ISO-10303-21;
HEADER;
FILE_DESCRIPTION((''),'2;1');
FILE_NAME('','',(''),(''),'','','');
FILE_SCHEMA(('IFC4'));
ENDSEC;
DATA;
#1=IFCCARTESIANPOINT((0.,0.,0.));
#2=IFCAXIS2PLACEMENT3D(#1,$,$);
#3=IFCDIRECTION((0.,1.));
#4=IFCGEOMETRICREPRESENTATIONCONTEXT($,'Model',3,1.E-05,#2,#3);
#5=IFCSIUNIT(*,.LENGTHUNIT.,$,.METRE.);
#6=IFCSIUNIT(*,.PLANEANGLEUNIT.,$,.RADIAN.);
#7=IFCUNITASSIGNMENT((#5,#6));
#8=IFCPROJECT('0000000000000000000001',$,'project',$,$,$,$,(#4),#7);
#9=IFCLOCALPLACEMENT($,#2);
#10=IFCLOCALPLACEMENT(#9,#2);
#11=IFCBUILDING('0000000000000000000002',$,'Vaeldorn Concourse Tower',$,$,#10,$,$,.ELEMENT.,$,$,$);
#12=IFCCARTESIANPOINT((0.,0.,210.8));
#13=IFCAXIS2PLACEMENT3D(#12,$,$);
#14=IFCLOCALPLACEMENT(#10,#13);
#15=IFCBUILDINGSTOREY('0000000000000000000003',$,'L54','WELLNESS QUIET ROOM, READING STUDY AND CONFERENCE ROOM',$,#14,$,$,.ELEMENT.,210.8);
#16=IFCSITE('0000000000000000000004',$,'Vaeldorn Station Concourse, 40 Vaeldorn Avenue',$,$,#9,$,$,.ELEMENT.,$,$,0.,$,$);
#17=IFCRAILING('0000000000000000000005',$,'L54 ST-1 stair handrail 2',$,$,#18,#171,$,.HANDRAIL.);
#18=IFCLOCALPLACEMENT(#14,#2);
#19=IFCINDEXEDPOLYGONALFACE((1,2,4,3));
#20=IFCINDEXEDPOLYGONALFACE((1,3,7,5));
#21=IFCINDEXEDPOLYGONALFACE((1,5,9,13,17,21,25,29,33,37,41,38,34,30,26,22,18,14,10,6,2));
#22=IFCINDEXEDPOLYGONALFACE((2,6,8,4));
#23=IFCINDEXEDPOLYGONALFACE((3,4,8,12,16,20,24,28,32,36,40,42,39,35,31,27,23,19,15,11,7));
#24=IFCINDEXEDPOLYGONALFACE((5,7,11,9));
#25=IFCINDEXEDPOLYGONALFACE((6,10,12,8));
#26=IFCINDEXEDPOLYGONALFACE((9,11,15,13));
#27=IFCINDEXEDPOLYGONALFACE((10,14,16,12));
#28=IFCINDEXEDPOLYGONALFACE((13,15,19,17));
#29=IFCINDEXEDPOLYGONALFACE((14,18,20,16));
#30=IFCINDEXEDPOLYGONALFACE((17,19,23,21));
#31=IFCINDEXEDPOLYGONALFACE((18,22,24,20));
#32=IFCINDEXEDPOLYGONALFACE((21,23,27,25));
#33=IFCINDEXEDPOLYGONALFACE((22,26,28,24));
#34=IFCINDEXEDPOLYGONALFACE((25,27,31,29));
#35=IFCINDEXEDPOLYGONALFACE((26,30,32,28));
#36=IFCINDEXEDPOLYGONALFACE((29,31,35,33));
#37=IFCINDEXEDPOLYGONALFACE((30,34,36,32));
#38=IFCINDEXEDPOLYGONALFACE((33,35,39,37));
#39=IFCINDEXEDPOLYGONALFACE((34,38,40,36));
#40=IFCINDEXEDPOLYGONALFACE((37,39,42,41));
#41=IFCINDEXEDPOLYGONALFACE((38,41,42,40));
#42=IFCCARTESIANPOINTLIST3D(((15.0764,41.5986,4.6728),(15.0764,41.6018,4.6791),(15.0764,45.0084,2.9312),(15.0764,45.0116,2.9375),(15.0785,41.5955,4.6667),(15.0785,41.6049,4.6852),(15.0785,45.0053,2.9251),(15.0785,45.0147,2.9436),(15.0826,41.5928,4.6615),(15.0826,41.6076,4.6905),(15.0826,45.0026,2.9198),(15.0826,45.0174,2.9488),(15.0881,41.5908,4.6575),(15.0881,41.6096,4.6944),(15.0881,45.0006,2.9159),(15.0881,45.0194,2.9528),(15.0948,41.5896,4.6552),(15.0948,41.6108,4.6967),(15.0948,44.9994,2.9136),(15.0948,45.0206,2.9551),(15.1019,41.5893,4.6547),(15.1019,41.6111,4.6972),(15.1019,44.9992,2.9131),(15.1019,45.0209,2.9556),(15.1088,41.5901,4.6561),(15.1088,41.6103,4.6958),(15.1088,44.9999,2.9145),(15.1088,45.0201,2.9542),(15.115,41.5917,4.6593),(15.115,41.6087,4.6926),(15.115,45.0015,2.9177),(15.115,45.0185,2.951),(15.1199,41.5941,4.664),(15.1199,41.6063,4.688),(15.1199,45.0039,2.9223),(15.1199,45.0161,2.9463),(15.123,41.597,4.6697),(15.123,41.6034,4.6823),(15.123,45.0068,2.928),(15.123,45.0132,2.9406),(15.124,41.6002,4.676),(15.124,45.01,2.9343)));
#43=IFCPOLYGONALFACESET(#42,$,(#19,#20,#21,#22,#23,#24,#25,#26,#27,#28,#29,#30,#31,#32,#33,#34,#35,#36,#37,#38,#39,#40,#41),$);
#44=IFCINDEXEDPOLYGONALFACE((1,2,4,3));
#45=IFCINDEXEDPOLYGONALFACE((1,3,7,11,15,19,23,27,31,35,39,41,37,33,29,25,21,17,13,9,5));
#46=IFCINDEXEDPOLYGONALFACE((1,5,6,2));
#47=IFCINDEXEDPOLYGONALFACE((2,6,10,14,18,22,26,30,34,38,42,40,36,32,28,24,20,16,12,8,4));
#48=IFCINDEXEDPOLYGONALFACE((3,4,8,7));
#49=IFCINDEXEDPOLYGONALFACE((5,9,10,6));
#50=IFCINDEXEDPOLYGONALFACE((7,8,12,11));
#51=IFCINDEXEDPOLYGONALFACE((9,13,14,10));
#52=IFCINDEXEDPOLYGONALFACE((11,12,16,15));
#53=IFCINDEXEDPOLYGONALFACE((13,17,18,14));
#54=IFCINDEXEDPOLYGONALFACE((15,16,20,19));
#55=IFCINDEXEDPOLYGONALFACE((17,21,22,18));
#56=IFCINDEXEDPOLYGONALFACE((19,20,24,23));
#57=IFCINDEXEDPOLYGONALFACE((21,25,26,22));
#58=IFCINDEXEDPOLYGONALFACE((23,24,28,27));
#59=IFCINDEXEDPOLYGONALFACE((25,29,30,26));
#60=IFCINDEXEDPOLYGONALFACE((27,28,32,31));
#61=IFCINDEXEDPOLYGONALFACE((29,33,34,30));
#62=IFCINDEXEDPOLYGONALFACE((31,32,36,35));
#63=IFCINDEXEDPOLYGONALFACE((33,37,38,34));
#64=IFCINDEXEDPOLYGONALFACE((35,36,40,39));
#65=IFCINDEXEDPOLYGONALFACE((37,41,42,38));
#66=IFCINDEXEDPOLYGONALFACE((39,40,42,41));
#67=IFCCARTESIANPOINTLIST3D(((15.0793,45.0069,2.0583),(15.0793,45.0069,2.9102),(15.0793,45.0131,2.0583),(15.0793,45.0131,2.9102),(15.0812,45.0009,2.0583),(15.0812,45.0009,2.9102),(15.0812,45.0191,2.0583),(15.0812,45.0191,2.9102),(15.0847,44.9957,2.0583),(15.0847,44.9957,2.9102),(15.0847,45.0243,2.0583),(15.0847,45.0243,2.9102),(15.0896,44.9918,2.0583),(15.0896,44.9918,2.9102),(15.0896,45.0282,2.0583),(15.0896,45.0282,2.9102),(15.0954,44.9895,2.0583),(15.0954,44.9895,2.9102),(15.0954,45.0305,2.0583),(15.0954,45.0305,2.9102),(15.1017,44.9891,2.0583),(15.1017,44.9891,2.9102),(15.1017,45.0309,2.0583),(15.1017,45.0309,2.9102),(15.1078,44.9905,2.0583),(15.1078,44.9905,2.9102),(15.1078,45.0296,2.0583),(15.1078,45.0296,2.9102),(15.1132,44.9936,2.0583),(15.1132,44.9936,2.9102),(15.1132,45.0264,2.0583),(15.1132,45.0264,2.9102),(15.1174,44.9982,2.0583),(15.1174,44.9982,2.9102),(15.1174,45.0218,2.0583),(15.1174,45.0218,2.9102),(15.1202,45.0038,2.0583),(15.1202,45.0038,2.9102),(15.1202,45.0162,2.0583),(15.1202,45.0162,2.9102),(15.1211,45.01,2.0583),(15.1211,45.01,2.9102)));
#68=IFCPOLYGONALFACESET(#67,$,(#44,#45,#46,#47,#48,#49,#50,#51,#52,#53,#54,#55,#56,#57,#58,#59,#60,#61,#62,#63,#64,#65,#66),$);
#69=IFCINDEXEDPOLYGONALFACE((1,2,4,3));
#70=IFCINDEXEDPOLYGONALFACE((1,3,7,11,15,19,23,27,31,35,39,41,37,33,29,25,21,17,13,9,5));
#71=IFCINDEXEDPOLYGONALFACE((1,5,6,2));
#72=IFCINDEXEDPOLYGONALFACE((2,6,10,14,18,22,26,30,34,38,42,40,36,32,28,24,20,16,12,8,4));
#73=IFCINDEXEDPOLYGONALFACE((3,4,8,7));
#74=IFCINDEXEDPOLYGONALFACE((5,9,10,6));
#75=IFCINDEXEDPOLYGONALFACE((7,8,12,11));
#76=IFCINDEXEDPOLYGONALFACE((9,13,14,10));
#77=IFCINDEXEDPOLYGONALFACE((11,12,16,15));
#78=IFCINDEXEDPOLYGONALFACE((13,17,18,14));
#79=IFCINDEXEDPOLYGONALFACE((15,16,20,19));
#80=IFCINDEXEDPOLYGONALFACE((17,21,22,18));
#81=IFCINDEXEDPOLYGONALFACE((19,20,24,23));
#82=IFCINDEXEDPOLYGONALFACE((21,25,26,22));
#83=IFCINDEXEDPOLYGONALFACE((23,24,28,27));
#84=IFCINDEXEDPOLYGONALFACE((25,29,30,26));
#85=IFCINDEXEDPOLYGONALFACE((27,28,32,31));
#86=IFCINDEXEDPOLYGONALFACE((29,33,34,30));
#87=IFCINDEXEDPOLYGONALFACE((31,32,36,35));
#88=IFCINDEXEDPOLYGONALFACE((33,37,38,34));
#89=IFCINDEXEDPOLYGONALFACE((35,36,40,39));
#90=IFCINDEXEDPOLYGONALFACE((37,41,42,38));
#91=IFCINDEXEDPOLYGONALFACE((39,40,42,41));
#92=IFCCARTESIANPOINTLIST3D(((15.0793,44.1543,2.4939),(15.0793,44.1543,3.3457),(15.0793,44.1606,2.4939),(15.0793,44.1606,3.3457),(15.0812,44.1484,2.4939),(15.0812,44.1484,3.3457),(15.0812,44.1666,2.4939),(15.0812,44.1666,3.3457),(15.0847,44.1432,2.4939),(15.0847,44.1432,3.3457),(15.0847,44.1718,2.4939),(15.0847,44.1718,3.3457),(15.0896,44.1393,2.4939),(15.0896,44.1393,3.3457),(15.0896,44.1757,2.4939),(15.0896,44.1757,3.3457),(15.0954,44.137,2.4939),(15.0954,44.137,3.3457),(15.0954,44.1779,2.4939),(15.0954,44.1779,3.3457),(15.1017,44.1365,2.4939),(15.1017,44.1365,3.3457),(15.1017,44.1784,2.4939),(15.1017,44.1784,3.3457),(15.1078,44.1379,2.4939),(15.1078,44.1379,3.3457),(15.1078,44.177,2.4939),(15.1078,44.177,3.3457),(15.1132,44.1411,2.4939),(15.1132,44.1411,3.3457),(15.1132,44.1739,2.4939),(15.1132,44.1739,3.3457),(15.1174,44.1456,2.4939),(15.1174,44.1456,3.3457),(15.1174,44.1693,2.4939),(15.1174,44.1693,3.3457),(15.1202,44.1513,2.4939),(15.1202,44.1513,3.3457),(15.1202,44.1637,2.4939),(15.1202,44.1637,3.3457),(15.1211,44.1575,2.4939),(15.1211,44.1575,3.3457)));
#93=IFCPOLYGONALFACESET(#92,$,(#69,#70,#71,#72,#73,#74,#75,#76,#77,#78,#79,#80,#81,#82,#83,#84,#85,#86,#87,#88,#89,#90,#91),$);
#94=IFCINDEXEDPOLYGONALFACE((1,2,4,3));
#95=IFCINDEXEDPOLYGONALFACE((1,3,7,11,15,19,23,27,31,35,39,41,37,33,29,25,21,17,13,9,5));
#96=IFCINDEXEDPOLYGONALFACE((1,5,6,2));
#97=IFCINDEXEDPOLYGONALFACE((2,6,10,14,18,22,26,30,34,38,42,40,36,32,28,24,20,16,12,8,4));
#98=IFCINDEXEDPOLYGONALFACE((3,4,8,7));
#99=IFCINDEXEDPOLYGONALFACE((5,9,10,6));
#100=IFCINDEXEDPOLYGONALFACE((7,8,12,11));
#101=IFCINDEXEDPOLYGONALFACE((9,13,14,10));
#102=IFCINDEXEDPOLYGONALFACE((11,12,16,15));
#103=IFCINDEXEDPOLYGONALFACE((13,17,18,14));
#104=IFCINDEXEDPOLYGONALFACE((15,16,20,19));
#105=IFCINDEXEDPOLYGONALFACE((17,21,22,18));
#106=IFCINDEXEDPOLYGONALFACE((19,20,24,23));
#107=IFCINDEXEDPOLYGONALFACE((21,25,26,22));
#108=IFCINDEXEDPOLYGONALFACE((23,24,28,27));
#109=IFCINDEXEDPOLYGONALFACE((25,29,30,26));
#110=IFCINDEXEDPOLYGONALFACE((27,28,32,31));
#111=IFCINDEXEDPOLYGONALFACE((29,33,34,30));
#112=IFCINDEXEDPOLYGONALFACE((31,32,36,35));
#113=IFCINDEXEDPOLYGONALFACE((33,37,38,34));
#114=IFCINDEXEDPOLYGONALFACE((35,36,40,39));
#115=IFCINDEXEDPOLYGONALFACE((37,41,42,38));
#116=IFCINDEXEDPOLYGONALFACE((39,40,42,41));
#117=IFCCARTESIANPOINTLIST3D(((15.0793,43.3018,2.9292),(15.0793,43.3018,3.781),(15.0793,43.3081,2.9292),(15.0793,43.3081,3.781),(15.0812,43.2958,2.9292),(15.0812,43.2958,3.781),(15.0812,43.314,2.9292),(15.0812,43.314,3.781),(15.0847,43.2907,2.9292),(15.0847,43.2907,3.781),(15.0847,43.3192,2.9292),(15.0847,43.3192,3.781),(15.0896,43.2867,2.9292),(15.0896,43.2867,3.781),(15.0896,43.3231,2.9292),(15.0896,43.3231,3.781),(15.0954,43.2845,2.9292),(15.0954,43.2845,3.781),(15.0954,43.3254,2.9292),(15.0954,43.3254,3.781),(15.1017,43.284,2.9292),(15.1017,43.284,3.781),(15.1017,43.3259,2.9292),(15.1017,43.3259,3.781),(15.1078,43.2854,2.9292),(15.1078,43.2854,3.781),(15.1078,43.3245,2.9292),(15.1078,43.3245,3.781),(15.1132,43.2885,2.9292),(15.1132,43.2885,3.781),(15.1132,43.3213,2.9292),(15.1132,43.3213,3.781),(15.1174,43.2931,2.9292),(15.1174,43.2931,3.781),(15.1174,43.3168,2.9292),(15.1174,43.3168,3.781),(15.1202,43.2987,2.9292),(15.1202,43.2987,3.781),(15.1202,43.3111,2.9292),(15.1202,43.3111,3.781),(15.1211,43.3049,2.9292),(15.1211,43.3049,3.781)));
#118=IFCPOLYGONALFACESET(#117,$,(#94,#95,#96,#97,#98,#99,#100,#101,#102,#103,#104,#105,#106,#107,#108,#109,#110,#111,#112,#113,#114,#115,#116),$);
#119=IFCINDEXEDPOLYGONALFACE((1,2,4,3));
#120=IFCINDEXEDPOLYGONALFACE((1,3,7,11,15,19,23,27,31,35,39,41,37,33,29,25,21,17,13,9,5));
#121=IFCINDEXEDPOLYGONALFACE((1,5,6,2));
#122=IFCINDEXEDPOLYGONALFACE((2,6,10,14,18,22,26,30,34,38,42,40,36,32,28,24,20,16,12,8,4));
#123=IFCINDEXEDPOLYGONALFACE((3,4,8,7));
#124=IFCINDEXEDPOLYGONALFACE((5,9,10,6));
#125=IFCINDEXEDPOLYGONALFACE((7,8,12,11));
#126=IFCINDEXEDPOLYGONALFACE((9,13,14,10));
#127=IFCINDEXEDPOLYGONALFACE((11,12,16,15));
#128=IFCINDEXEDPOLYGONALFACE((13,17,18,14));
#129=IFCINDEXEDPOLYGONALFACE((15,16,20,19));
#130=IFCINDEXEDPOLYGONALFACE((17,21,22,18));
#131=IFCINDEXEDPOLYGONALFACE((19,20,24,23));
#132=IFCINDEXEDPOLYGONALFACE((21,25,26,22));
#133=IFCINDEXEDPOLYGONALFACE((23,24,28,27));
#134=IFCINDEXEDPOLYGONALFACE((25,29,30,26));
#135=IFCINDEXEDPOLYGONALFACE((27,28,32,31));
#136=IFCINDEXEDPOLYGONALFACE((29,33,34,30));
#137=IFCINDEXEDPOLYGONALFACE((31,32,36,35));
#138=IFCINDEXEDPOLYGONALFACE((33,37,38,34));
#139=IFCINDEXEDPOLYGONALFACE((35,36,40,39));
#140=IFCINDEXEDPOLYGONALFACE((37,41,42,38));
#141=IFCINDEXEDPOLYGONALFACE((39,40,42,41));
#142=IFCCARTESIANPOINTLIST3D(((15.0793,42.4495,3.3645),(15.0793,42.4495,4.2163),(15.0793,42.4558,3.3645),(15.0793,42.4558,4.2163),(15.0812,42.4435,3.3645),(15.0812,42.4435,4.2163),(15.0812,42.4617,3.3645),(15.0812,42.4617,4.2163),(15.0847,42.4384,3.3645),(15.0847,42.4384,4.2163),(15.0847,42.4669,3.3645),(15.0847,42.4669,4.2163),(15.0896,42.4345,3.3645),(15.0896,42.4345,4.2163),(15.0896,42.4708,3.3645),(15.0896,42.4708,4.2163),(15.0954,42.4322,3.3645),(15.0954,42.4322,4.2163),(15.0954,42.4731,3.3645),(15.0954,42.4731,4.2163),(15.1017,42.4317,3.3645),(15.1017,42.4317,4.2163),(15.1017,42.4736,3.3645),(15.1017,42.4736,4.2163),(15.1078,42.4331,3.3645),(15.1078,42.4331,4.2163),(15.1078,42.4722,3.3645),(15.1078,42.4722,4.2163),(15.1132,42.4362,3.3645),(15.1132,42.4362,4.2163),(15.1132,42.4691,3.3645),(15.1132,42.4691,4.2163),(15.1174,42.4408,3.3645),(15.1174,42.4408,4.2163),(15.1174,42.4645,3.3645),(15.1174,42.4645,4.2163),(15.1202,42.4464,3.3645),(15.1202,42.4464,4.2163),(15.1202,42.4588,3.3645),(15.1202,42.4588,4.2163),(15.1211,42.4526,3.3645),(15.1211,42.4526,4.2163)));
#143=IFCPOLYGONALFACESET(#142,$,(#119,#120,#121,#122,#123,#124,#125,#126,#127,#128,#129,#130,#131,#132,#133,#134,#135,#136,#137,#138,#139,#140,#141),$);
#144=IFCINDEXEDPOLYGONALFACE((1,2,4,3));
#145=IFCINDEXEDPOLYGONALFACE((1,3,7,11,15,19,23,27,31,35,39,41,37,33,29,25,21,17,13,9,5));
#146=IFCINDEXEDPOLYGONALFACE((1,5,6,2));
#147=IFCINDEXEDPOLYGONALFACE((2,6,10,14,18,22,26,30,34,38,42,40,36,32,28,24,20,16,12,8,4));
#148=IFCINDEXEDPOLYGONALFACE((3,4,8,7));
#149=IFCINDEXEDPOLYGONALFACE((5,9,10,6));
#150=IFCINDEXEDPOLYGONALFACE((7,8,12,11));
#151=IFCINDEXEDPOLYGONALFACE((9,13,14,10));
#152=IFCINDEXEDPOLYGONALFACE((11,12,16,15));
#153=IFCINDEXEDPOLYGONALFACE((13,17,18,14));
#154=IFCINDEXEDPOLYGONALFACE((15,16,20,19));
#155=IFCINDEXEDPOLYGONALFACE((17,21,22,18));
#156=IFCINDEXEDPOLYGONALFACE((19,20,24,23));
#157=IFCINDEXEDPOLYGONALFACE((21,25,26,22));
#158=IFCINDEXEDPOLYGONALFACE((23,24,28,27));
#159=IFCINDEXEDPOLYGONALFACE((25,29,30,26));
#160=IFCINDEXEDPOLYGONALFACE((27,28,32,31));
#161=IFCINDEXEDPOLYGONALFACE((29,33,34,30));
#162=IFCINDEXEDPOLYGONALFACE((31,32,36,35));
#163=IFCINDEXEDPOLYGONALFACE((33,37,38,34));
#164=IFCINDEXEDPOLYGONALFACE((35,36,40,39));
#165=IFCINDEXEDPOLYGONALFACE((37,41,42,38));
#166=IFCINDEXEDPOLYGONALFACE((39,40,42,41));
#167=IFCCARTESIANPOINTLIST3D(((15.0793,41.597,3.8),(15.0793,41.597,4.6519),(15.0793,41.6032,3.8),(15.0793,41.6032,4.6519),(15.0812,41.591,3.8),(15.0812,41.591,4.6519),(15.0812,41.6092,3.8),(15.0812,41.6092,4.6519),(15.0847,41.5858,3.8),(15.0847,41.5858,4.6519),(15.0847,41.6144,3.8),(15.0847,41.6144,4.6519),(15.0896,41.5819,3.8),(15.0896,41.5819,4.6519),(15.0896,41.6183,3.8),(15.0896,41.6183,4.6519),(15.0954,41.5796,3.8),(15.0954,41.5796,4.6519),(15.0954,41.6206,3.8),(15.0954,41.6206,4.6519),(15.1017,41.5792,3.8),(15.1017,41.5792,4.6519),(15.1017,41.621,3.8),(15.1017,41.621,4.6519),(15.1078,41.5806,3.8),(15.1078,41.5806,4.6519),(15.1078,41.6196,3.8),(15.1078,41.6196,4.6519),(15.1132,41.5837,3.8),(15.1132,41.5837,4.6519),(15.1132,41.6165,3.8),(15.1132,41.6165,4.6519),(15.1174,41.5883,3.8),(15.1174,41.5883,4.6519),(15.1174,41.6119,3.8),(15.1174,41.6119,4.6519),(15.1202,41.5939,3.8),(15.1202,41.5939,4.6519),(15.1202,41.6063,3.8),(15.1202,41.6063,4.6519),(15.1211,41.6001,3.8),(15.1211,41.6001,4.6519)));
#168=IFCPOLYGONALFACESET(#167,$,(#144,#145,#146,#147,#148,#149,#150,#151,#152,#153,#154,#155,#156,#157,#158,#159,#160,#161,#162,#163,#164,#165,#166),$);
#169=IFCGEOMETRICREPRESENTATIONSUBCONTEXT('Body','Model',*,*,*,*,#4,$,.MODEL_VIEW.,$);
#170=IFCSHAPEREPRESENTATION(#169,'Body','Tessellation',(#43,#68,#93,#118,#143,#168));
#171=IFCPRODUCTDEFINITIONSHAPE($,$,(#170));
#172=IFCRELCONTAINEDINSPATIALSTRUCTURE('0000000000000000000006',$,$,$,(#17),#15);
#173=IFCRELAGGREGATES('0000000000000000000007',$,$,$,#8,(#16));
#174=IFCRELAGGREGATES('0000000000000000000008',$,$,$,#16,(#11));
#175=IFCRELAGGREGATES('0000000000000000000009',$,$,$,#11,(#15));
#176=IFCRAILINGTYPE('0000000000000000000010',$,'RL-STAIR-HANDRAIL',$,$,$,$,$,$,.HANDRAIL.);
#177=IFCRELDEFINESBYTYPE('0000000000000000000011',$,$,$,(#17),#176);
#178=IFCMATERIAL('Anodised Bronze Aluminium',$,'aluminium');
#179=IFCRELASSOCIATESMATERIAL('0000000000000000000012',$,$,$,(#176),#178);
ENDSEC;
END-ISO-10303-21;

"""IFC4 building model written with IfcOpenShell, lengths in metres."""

from ifc_helpers import new_model, si_unit, direction, frame, origin, origin_2d, place, context, subcontext, project, spatial, circle, extrude, material, type_object, element, save


model = new_model("IFC4")

# Units and contexts
model_context = context("Model", 3, precision=1e-05, world=origin(), true_north=direction((0.0, 1.0)))
body_context = subcontext(model_context, "Body", "Model", "MODEL_VIEW")
ifc_project = project(units=[si_unit("LENGTHUNIT", "METRE"), si_unit("PLANEANGLEUNIT", "RADIAN")], contexts=[model_context])

# Site, building, storey
site_placement = place(None, origin())
site = spatial("IfcSite", under=ifc_project, at=site_placement, Name="Vaeldorn Station Concourse, 40 Vaeldorn Avenue", CompositionType="ELEMENT", RefElevation=0.0)
building_placement = place(site_placement, origin())
building = spatial("IfcBuilding", under=site, at=building_placement, Name="Vaeldorn Concourse Tower", CompositionType="ELEMENT")
storey_placement = place(building_placement, frame((0.0, 0.0, 210.8)))
storey = spatial("IfcBuildingStorey", under=building, at=storey_placement, Name="L54", Description="WELLNESS QUIET ROOM, READING STUDY AND CONFERENCE ROOM", CompositionType="ELEMENT", Elevation=210.8)

# Shared definitions
ifc_material_1 = material(Name="Anodised Bronze Aluminium", Category="aluminium")

# Railing
railing_type_1 = type_object("IfcRailingType", Name="RL-STAIR-HANDRAIL", PredefinedType="HANDRAIL", material=ifc_material_1)
railing_1_placement = place(storey_placement, frame((15.1001, 45.01, 2.0583)))
element("IfcRailing", 1, at=railing_1_placement, inside=storey, type_object=railing_type_1, Name="L54 ST-1 stair handrail 2", PredefinedType="HANDRAIL", context=body_context, shape_type="SweptSolid", body=[
    extrude(circle(Radius=0.0239, at=origin_2d()), frame((0.0, 0.0, 0.876), z_axis=(0.0, -0.890556, 0.454874), x_axis=(1.0, 0.0, 0.0)), (0.0, 0.0, 1.0), 3.8289),
    extrude(circle(Radius=0.021, at=origin_2d()), origin(), (0.0, 0.0, 1.0), 0.8518),
    extrude(circle(Radius=0.021, at=origin_2d()), frame((0.0, -0.8525, 0.4355)), (0.0, 0.0, 1.0), 0.8518),
    extrude(circle(Radius=0.021, at=origin_2d()), frame((0.0, -1.7051, 0.8708)), (0.0, 0.0, 1.0), 0.8518),
    extrude(circle(Radius=0.021, at=origin_2d()), frame((0.0, -2.5574, 1.3062)), (0.0, 0.0, 1.0), 0.8518),
    extrude(circle(Radius=0.021, at=origin_2d()), frame((0.0, -3.4099, 1.7417)), (0.0, 0.0, 1.0), 0.8518),
])

save(model, "model.ifc")
